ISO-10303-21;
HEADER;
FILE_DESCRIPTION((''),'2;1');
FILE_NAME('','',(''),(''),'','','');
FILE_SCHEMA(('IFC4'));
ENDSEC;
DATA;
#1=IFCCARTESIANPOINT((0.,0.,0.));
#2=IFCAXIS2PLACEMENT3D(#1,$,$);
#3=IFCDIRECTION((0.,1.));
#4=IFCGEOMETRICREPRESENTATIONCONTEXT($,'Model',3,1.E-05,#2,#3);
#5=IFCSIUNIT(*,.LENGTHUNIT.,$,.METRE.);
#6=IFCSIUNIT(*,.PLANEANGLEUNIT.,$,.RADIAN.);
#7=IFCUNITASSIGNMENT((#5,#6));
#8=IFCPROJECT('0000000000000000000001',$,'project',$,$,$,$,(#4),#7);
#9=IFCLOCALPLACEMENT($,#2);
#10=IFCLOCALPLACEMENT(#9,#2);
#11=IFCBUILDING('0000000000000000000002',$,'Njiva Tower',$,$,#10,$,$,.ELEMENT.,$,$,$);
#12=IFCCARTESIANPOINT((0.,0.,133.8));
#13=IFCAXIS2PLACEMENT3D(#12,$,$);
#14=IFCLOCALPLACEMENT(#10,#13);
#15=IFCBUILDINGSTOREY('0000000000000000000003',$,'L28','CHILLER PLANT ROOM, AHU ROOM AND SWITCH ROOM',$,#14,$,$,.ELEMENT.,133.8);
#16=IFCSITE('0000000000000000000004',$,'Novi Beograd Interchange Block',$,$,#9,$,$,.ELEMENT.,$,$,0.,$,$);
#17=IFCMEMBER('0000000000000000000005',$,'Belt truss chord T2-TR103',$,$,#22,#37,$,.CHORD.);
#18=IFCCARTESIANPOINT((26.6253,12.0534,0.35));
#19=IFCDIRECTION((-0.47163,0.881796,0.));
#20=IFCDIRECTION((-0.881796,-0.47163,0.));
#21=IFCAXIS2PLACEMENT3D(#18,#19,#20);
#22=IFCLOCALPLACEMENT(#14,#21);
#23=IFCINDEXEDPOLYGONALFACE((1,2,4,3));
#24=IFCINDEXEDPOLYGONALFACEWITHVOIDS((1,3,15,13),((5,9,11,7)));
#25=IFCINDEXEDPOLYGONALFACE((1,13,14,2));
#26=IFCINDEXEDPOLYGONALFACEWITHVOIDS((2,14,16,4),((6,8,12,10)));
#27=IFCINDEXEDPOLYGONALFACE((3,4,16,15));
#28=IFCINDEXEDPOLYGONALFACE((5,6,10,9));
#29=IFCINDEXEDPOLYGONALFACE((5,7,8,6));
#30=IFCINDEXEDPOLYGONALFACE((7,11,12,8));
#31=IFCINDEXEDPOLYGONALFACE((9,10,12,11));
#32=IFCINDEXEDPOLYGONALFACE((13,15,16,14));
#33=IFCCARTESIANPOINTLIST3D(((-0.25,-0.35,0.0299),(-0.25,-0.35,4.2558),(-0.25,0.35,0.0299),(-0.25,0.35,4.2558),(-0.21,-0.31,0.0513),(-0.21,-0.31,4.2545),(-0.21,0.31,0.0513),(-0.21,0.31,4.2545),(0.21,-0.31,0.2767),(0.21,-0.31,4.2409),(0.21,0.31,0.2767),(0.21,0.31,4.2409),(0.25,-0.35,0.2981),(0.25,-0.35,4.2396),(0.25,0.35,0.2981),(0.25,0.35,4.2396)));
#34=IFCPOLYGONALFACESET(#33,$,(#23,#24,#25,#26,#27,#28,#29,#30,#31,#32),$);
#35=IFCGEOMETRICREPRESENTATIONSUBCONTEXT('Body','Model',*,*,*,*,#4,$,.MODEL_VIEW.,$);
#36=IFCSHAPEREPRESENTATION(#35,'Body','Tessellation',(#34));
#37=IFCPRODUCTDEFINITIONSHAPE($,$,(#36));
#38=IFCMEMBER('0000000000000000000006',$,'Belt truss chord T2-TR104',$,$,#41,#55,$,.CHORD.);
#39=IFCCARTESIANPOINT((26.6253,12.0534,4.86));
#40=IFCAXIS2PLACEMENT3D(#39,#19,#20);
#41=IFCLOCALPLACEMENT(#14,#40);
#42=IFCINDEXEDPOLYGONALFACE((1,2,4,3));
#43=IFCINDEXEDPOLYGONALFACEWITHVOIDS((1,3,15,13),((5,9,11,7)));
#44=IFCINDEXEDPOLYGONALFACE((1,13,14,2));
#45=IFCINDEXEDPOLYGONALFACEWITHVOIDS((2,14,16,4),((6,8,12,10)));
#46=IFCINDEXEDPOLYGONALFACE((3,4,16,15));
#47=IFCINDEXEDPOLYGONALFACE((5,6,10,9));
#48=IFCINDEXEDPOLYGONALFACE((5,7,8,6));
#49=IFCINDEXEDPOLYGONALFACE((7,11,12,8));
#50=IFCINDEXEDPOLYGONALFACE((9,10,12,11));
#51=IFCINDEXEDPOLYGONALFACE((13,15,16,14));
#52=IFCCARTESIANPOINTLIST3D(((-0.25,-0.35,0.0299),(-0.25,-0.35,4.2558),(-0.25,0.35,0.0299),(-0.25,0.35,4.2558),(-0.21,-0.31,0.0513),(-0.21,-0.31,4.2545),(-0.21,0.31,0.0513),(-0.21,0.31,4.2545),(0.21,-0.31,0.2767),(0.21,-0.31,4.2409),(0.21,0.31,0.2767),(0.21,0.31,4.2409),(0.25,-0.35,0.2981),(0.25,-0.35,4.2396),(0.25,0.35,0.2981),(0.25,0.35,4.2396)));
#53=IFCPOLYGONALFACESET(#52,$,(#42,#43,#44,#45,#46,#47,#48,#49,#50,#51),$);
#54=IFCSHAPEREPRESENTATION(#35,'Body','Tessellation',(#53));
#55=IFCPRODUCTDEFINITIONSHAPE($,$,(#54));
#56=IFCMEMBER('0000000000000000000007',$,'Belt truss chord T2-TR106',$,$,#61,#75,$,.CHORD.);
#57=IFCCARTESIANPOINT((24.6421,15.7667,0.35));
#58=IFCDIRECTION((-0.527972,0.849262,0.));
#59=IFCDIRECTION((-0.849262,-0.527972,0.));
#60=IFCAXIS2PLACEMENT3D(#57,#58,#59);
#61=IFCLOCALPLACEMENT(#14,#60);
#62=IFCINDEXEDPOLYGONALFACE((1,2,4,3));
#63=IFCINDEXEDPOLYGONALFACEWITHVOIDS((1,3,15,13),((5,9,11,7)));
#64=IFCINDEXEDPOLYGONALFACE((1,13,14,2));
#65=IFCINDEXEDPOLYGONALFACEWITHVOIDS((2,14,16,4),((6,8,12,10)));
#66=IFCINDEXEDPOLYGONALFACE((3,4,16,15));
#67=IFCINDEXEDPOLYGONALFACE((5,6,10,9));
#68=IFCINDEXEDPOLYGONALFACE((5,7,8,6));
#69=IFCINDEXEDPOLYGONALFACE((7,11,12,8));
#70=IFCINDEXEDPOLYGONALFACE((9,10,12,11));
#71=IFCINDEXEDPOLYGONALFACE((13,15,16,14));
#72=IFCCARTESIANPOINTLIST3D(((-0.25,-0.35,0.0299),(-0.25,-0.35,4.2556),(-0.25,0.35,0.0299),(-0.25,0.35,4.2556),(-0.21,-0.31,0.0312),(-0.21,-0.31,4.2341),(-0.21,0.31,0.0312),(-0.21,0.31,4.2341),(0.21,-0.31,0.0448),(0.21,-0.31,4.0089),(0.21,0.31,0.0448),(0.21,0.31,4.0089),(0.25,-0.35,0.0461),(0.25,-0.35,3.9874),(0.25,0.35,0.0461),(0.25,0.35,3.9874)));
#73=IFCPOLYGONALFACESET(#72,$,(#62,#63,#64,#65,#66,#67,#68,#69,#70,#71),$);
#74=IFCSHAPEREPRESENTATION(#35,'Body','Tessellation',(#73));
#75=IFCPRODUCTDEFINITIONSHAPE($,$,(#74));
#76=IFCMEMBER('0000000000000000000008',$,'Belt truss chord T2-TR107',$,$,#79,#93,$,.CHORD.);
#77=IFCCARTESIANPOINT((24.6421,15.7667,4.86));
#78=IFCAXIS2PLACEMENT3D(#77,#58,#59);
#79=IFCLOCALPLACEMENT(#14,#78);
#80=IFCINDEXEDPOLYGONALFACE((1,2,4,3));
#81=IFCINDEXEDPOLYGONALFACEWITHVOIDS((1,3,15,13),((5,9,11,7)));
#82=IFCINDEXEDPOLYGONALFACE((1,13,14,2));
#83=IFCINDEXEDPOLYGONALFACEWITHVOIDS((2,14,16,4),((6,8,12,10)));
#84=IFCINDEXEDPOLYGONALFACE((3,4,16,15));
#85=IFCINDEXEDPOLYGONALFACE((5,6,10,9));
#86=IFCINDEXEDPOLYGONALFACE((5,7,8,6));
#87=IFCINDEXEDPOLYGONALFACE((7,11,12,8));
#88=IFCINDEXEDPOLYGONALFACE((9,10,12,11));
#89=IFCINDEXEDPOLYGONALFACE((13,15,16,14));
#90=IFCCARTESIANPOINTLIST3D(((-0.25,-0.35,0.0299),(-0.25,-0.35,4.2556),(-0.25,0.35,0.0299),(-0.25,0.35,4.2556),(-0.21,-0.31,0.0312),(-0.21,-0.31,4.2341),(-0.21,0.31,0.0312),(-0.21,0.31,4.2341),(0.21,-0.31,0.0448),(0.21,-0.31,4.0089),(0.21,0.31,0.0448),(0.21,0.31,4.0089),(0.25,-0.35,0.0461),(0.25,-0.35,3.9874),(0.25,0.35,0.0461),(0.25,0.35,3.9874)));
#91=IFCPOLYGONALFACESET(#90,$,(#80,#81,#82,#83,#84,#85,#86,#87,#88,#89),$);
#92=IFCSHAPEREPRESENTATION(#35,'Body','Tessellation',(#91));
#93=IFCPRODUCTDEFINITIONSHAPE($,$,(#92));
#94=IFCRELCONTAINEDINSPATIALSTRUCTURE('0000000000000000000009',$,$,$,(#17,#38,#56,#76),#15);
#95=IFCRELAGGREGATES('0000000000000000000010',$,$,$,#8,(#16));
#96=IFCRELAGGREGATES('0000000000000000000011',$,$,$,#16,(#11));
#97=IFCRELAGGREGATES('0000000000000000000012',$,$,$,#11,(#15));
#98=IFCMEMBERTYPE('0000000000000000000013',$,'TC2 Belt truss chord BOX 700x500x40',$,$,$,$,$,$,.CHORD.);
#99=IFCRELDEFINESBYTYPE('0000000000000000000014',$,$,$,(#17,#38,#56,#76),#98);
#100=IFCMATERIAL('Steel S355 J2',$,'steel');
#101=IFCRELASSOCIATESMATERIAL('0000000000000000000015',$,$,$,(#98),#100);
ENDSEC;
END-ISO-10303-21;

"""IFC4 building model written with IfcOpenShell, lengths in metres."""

from ifc_helpers import new_model, si_unit, direction, frame, origin, origin_2d, place, context, subcontext, project, spatial, hollow_rectangle, extrude, clip, halfspace, material, material_profile, profile_set, type_object, element, save


model = new_model("IFC4")

# Units and contexts
model_context = context("Model", 3, precision=1e-05, world=origin(), true_north=direction((0.0, 1.0)))
body_context = subcontext(model_context, "Body", "Model", "MODEL_VIEW")
ifc_project = project(units=[si_unit("LENGTHUNIT", "METRE"), si_unit("PLANEANGLEUNIT", "RADIAN")], contexts=[model_context])

# Site, building, storey
site_placement = place(None, origin())
site = spatial("IfcSite", under=ifc_project, at=site_placement, Name="Novi Beograd Interchange Block", CompositionType="ELEMENT", RefElevation=0.0)
building_placement = place(site_placement, origin())
building = spatial("IfcBuilding", under=site, at=building_placement, Name="Njiva Tower", CompositionType="ELEMENT")
storey_placement = place(building_placement, frame((0.0, 0.0, 133.8)))
storey = spatial("IfcBuildingStorey", under=building, at=storey_placement, Name="L28", Description="CHILLER PLANT ROOM, AHU ROOM AND SWITCH ROOM", CompositionType="ELEMENT", Elevation=133.8)

# Shared definitions
ifc_material_1 = material(Name="Steel S355 J2", Category="steel")

# Members
ifc_material_profile_1 = material_profile(ifc_material_1, hollow_rectangle(XDim=0.5, YDim=0.7, WallThickness=0.04, at=origin_2d()), Name="BOX 700x500x40")
ifc_profile_set_1 = profile_set([ifc_material_profile_1], Name="Steel S355 J2")
member_type_1 = type_object("IfcMemberType", Name="TC2 Belt truss chord BOX 700x500x40", PredefinedType="CHORD", material=ifc_profile_set_1)
member_1_placement = place(storey_placement, frame((26.6253, 12.0534, 0.35), z_axis=(-0.47163, 0.881796, 0.0), x_axis=(-0.881796, -0.47163, 0.0)))
element("IfcMember", 1, at=member_1_placement, inside=storey, type_object=member_type_1, Name="Belt truss chord T2-TR103", PredefinedType="CHORD", context=body_context, shape_type="Clipping", body=[
    clip(clip(extrude(hollow_rectangle(XDim=0.5, YDim=0.7, WallThickness=0.04, at=origin_2d()), origin(), (0.0, 0.0, 1.0), 4.2857), halfspace(frame((0.0, -134.15, 0.164), z_axis=(0.472714, 0.0, -0.881216), x_axis=(0.0, -1.0, 0.0)), False)), halfspace(frame((0.0, -134.15, 4.2477), z_axis=(0.032533, 0.0, 0.999471), x_axis=(0.0, 1.0, 0.0)), False)),
])
member_2_placement = place(storey_placement, frame((26.6253, 12.0534, 4.86), z_axis=(-0.47163, 0.881796, 0.0), x_axis=(-0.881796, -0.47163, 0.0)))
element("IfcMember", 2, at=member_2_placement, inside=storey, type_object=member_type_1, Name="Belt truss chord T2-TR104", PredefinedType="CHORD", context=body_context, shape_type="Clipping", body=[
    clip(clip(extrude(hollow_rectangle(XDim=0.5, YDim=0.7, WallThickness=0.04, at=origin_2d()), origin(), (0.0, 0.0, 1.0), 4.2857), halfspace(frame((0.0, -138.66, 0.164), z_axis=(0.472714, 0.0, -0.881216), x_axis=(0.0, -1.0, 0.0)), False)), halfspace(frame((0.0, -138.66, 4.2477), z_axis=(0.032533, 0.0, 0.999471), x_axis=(0.0, 1.0, 0.0)), False)),
])
member_3_placement = place(storey_placement, frame((24.6421, 15.7667, 0.35), z_axis=(-0.527972, 0.849262, 0.0), x_axis=(-0.849262, -0.527972, 0.0)))
element("IfcMember", 3, at=member_3_placement, inside=storey, type_object=member_type_1, Name="Belt truss chord T2-TR106", PredefinedType="CHORD", context=body_context, shape_type="Clipping", body=[
    clip(clip(extrude(hollow_rectangle(XDim=0.5, YDim=0.7, WallThickness=0.04, at=origin_2d()), origin(), (0.0, 0.0, 1.0), 4.2855), halfspace(frame((0.0, -134.15, 0.038), z_axis=(0.032528, 0.0, -0.999471), x_axis=(0.0, -1.0, 0.0)), False)), halfspace(frame((0.0, -134.15, 4.1215), z_axis=(0.472647, 0.0, 0.881252), x_axis=(0.0, 1.0, 0.0)), False)),
])
member_4_placement = place(storey_placement, frame((24.6421, 15.7667, 4.86), z_axis=(-0.527972, 0.849262, 0.0), x_axis=(-0.849262, -0.527972, 0.0)))
element("IfcMember", 4, at=member_4_placement, inside=storey, type_object=member_type_1, Name="Belt truss chord T2-TR107", PredefinedType="CHORD", context=body_context, shape_type="Clipping", body=[
    clip(clip(extrude(hollow_rectangle(XDim=0.5, YDim=0.7, WallThickness=0.04, at=origin_2d()), origin(), (0.0, 0.0, 1.0), 4.2855), halfspace(frame((0.0, -138.66, 0.038), z_axis=(0.032528, 0.0, -0.999471), x_axis=(0.0, -1.0, 0.0)), False)), halfspace(frame((0.0, -138.66, 4.1215), z_axis=(0.472647, 0.0, 0.881252), x_axis=(0.0, 1.0, 0.0)), False)),
])

save(model, "model.ifc")
